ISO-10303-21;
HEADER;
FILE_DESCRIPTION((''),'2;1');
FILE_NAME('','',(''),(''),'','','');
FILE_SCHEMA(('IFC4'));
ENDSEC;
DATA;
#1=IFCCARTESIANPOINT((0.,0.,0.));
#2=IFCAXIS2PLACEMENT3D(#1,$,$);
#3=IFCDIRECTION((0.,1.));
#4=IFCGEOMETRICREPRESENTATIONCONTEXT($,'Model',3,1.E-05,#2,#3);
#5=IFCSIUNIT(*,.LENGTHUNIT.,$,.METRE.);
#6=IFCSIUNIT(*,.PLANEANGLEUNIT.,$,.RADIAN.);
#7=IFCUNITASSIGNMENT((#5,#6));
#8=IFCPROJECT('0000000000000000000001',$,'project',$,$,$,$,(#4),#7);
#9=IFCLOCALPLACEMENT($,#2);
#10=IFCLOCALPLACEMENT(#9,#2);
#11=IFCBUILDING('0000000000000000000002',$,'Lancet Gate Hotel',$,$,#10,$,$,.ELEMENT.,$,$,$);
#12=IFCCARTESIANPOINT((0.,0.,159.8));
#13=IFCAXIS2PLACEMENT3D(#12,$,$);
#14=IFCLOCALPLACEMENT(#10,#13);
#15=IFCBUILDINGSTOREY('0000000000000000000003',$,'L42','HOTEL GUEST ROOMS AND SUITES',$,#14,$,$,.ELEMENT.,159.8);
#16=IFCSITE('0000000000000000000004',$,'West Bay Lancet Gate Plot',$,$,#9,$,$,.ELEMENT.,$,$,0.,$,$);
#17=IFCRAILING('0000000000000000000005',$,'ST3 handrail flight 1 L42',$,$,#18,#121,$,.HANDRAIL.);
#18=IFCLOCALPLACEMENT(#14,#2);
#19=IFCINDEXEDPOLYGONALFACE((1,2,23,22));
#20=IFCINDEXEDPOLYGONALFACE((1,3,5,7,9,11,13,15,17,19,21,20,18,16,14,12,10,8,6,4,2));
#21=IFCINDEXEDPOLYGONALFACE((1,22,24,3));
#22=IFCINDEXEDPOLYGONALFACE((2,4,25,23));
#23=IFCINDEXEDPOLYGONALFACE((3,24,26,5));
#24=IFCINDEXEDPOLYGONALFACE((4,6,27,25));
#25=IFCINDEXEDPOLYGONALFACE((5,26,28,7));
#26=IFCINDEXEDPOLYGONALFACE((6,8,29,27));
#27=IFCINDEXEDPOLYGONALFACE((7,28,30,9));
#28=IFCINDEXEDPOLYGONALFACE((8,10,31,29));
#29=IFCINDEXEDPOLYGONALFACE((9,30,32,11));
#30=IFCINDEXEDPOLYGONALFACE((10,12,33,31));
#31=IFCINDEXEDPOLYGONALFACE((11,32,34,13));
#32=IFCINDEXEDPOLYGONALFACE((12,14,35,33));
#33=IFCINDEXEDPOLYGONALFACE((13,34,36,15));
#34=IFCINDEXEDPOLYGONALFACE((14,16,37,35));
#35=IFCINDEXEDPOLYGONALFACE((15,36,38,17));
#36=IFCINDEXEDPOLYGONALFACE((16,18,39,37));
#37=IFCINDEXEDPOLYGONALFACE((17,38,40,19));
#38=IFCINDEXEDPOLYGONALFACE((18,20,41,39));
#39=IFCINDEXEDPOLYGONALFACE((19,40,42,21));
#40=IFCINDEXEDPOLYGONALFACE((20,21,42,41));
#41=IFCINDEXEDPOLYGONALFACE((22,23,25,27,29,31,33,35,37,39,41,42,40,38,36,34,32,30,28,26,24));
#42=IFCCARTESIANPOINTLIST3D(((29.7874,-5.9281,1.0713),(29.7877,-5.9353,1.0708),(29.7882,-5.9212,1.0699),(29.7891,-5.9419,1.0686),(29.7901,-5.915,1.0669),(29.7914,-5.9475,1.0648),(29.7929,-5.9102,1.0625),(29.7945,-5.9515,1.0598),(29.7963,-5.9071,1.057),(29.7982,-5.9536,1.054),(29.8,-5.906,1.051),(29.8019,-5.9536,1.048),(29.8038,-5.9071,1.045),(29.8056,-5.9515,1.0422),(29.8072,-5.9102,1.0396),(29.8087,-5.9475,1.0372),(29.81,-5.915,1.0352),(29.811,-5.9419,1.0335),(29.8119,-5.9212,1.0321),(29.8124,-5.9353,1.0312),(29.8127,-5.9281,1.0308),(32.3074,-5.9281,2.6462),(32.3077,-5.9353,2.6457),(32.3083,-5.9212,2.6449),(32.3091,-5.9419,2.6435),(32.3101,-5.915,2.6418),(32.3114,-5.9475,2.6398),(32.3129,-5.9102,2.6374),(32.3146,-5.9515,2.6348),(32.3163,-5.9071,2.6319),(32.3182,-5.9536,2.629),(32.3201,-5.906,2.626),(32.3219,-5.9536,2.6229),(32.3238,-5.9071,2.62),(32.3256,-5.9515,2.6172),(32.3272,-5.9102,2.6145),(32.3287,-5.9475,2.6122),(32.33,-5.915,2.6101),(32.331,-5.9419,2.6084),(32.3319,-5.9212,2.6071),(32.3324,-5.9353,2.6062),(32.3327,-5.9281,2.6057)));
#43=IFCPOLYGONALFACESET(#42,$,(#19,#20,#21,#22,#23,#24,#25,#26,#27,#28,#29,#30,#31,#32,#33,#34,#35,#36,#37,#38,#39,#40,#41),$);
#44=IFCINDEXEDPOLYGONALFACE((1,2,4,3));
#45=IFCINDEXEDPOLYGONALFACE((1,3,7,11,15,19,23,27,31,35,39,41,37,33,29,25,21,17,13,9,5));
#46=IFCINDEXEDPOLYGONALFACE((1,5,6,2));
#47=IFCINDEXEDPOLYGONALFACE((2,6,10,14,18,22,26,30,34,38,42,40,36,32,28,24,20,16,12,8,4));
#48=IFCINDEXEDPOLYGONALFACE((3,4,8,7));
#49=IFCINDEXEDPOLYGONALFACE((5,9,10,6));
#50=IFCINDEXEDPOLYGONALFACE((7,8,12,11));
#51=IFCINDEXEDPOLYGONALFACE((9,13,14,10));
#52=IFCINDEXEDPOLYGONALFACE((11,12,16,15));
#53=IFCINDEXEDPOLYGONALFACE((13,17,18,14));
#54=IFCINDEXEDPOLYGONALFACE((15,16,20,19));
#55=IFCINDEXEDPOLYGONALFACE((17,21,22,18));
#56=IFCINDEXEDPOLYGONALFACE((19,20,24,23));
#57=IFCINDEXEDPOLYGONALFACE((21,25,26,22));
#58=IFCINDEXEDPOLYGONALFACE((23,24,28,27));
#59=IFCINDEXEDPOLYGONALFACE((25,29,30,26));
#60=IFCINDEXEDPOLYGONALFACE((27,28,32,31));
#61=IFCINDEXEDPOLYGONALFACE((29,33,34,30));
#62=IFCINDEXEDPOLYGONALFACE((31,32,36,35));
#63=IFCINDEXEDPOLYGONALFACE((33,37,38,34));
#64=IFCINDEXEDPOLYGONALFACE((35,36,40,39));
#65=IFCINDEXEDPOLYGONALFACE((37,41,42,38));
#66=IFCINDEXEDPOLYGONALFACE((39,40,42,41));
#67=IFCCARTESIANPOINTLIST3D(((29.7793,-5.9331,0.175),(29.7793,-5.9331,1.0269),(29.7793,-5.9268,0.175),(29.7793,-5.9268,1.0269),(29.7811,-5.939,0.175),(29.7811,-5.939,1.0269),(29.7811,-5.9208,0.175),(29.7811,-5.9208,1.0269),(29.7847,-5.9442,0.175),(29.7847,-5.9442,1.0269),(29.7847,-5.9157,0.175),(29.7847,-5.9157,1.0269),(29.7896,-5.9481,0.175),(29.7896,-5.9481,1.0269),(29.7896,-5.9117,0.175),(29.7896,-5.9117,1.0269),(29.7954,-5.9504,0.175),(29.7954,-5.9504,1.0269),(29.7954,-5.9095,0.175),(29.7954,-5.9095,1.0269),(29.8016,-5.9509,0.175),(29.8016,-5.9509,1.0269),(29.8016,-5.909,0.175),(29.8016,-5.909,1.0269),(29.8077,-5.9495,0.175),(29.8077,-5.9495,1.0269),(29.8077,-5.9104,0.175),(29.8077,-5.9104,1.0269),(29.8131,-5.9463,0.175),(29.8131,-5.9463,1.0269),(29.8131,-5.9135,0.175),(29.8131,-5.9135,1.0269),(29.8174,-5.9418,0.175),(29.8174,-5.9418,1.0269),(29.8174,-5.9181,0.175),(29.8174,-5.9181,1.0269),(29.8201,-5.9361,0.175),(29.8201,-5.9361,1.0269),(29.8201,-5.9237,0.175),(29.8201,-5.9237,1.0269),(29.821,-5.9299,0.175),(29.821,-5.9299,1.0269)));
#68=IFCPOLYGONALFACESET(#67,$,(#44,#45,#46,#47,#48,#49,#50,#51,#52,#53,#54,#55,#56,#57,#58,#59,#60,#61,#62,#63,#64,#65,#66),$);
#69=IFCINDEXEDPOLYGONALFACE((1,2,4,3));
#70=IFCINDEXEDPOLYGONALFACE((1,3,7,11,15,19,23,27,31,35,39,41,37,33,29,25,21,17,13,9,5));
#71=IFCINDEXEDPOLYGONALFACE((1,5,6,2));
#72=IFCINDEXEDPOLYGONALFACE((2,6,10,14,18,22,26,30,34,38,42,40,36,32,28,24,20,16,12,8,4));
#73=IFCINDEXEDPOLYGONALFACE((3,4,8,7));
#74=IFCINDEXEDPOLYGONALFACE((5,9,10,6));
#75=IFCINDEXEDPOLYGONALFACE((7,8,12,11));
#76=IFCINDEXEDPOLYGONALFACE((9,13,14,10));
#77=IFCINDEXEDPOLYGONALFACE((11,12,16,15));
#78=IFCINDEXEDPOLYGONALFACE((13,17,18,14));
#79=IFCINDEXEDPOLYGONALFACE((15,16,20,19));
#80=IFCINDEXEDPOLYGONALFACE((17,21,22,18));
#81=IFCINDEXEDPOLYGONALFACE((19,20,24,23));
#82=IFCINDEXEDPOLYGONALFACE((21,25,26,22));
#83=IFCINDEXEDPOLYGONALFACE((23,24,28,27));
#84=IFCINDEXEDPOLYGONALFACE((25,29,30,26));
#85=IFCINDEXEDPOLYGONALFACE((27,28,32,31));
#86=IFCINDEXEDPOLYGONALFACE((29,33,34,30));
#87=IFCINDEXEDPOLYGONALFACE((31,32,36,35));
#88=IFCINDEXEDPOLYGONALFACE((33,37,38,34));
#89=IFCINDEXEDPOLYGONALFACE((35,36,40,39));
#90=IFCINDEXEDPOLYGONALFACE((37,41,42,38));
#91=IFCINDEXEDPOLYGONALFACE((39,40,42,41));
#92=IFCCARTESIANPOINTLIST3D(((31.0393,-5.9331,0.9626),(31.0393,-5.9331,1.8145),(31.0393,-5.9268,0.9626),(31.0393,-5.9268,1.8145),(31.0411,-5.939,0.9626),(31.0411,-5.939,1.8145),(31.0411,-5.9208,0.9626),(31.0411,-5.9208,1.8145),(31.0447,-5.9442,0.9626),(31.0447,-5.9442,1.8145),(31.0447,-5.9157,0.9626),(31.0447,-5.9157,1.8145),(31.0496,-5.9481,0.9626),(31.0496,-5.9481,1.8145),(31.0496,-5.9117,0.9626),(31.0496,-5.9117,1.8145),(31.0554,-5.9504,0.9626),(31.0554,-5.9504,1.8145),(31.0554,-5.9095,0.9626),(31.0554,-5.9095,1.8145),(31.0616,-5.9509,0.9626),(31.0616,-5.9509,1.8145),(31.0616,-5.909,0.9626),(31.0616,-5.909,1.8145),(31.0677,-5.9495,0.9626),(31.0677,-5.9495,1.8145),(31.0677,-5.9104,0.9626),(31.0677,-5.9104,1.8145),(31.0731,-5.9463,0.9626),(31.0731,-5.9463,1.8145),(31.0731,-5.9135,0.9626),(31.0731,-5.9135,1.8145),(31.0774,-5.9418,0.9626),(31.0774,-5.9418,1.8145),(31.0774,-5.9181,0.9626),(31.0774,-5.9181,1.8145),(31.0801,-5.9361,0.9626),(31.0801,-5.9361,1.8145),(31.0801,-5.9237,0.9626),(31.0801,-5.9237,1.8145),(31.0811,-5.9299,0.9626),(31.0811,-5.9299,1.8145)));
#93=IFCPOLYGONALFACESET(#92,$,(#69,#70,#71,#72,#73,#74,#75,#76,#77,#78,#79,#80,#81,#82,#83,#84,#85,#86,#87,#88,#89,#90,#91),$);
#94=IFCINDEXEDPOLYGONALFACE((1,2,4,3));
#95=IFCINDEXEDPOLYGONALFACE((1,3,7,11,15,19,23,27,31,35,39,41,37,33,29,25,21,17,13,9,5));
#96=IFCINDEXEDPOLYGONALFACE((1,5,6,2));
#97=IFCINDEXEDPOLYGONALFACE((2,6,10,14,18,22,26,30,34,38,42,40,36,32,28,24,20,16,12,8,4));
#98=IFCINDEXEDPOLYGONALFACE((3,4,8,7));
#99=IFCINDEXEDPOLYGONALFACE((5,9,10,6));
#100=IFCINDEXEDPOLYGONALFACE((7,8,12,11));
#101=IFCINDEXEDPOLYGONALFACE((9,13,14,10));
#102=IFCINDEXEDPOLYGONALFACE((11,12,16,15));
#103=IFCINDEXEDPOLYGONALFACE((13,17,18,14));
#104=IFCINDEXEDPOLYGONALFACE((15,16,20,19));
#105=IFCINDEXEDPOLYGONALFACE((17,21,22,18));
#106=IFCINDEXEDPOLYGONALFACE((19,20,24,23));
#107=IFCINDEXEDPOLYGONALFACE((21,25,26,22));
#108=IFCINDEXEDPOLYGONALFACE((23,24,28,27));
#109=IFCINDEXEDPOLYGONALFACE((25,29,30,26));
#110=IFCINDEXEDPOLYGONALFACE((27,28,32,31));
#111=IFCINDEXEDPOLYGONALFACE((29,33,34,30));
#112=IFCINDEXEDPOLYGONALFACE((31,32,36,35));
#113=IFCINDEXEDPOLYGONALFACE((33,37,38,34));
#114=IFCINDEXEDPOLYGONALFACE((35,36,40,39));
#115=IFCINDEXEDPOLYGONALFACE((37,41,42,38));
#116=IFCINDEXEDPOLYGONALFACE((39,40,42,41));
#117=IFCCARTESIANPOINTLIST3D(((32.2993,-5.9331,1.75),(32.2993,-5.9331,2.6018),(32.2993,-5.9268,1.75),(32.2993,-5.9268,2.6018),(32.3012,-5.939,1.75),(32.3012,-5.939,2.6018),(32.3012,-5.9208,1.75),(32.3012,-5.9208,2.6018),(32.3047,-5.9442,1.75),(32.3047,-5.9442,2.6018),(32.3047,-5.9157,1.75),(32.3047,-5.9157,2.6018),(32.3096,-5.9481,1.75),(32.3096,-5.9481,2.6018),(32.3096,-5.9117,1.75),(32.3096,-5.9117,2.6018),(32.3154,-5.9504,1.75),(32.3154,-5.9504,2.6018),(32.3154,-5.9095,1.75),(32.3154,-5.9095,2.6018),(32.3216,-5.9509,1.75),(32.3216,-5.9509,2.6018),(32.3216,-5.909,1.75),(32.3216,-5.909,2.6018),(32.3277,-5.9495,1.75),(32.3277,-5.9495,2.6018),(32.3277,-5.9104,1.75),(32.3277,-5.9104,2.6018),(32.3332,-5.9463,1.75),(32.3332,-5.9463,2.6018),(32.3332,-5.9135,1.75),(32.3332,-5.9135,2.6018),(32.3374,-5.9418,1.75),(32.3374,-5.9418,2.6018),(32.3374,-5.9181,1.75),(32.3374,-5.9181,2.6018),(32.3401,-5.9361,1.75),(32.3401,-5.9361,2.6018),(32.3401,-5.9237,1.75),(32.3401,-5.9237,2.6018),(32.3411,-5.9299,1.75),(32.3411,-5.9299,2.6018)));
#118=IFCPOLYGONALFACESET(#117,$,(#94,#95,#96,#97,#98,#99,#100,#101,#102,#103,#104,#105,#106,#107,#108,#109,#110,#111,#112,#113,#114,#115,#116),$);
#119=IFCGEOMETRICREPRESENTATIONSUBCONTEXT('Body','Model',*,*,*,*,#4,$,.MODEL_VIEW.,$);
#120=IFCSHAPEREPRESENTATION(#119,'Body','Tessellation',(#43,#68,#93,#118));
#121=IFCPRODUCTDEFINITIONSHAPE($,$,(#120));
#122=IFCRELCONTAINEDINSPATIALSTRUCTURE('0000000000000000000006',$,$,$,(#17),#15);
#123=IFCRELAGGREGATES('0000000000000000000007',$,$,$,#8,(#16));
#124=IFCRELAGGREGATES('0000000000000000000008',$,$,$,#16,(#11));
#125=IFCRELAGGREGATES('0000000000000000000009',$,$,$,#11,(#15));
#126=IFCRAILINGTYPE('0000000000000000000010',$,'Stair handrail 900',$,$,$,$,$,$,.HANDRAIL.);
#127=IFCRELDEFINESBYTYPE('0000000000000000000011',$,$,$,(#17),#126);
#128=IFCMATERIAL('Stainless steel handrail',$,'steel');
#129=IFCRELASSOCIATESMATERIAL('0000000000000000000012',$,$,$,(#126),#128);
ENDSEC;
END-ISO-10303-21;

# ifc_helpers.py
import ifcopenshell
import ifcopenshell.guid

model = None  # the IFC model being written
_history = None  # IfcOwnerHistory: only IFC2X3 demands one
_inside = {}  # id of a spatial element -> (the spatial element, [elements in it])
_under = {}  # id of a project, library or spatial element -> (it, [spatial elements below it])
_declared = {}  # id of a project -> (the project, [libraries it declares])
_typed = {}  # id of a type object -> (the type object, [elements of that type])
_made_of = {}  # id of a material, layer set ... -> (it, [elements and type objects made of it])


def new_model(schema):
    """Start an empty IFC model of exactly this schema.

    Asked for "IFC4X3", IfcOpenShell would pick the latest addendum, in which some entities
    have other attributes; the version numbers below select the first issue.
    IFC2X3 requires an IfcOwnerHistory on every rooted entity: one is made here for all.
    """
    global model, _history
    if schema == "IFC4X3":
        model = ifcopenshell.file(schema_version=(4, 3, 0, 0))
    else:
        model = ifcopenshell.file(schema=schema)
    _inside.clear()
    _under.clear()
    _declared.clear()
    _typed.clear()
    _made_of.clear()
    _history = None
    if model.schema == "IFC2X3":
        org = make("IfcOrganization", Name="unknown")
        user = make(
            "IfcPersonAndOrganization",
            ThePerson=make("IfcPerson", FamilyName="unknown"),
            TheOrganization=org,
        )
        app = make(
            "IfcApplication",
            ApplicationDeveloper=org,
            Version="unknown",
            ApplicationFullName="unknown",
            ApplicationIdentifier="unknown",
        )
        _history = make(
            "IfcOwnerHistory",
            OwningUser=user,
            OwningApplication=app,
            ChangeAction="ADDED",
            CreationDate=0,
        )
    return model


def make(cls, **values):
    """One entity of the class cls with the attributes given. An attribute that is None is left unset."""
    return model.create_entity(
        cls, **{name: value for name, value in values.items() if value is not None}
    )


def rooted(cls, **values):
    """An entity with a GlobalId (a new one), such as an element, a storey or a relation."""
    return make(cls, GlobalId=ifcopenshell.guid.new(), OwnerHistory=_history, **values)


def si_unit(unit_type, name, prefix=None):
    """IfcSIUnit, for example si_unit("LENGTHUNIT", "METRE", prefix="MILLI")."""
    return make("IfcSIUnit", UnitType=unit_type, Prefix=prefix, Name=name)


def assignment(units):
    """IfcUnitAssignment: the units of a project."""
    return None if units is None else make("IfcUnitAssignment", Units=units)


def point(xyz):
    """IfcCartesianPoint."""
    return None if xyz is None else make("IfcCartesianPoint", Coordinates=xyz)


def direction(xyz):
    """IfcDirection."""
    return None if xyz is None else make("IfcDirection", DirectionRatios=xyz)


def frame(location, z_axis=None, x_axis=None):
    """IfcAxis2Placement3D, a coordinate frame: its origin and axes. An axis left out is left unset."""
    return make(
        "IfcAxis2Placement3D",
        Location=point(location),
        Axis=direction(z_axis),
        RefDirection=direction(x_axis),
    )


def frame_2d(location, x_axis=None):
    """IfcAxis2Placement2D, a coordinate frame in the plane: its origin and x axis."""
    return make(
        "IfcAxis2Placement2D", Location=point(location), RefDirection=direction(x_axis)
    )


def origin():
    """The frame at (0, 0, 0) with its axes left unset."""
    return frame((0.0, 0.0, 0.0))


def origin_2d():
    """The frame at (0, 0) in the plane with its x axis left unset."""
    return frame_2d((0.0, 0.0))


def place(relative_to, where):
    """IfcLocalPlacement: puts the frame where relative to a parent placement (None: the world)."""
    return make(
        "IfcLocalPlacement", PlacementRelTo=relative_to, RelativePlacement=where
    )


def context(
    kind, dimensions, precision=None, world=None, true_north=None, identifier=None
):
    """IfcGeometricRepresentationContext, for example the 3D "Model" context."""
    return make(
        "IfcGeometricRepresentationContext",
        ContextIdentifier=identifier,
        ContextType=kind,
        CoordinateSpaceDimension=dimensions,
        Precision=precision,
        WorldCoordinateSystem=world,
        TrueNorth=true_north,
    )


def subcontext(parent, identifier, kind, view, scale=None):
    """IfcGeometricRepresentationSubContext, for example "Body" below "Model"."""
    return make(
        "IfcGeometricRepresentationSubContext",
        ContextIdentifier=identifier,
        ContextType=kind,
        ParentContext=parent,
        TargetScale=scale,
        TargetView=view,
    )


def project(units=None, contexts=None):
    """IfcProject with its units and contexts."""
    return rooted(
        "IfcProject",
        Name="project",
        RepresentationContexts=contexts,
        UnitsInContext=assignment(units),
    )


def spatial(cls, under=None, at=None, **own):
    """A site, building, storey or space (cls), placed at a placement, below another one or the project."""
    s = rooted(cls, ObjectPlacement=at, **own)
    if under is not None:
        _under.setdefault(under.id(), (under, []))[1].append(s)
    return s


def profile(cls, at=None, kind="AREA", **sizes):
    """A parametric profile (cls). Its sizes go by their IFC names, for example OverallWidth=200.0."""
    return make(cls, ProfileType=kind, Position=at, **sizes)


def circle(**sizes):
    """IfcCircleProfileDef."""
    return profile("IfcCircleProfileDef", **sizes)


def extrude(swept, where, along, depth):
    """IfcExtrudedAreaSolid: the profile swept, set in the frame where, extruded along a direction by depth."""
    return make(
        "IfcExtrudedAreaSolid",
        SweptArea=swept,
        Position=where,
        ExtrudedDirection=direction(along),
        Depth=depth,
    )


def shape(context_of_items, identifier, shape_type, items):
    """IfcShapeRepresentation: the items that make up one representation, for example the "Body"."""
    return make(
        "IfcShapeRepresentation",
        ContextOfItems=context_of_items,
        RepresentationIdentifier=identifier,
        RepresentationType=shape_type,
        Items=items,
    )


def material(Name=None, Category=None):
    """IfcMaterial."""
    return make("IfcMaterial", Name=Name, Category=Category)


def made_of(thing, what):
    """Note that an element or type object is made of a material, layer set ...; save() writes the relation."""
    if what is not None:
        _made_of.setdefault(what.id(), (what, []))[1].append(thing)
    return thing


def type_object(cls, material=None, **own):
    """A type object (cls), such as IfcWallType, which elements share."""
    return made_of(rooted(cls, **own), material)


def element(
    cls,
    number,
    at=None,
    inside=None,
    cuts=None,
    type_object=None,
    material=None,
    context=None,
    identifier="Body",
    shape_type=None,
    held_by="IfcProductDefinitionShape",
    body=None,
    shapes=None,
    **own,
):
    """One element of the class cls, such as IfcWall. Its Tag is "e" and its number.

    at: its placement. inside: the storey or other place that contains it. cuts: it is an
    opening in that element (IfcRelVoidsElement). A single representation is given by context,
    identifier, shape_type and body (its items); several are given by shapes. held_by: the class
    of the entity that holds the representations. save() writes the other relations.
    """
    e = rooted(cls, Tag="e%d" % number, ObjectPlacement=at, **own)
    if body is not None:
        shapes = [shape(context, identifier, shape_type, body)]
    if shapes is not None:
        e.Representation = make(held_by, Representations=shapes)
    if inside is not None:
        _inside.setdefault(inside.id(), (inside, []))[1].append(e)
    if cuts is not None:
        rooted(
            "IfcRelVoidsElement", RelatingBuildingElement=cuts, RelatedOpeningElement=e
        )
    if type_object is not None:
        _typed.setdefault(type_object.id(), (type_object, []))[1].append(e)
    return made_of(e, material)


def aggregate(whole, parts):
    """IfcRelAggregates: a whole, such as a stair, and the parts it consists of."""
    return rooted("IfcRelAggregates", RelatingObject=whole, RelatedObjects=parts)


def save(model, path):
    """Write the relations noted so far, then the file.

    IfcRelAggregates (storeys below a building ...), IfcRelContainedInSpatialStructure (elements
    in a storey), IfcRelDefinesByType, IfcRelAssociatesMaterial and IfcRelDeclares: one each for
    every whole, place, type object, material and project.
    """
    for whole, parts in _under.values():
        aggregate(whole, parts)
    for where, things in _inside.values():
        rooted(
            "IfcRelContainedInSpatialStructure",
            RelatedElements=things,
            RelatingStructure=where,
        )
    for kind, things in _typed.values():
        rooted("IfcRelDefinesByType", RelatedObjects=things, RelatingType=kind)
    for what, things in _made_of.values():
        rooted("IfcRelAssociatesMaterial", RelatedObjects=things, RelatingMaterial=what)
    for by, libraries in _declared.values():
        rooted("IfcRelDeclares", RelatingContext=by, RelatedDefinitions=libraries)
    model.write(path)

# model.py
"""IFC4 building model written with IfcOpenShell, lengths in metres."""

from ifc_helpers import new_model, si_unit, direction, frame, origin, origin_2d, place, context, subcontext, project, spatial, circle, extrude, material, type_object, element, save


model = new_model("IFC4")

# Units and contexts
model_context = context("Model", 3, precision=1e-05, world=origin(), true_north=direction((0.0, 1.0)))
body_context = subcontext(model_context, "Body", "Model", "MODEL_VIEW")
ifc_project = project(units=[si_unit("LENGTHUNIT", "METRE"), si_unit("PLANEANGLEUNIT", "RADIAN")], contexts=[model_context])

# Site, building, storey
site_placement = place(None, origin())
site = spatial("IfcSite", under=ifc_project, at=site_placement, Name="West Bay Lancet Gate Plot", CompositionType="ELEMENT", RefElevation=0.0)
building_placement = place(site_placement, origin())
building = spatial("IfcBuilding", under=site, at=building_placement, Name="Lancet Gate Hotel", CompositionType="ELEMENT")
storey_placement = place(building_placement, frame((0.0, 0.0, 159.8)))
storey = spatial("IfcBuildingStorey", under=building, at=storey_placement, Name="L42", Description="HOTEL GUEST ROOMS AND SUITES", CompositionType="ELEMENT", Elevation=159.8)

# Railing
ifc_material_1 = material(Name="Stainless steel handrail", Category="steel")
railing_type = type_object("IfcRailingType", Name="Stair handrail 900", PredefinedType="HANDRAIL", material=ifc_material_1)
railing_1_placement = place(storey_placement, frame((29.8, -5.9299, 0.175)))
element("IfcRailing", 1, at=railing_1_placement, inside=storey, type_object=railing_type, Name="ST3 handrail flight 1 L42", PredefinedType="HANDRAIL", context=body_context, shape_type="SweptSolid", body=[
    extrude(circle(Radius=0.0239, at=origin_2d()), frame((0.0, 0.0, 0.876), z_axis=(0.848008, 0.0, 0.529984), x_axis=(0.0, 1.0, 0.0)), (0.0, 0.0, 1.0), 2.9717),
    extrude(circle(Radius=0.021, at=origin_2d()), origin(), (0.0, 0.0, 1.0), 0.8518),
    extrude(circle(Radius=0.021, at=origin_2d()), frame((1.26, 0.0, 0.7876)), (0.0, 0.0, 1.0), 0.8518),
    extrude(circle(Radius=0.021, at=origin_2d()), frame((2.52, 0.0, 1.575)), (0.0, 0.0, 1.0), 0.8518),
])

save(model, "model.ifc")
